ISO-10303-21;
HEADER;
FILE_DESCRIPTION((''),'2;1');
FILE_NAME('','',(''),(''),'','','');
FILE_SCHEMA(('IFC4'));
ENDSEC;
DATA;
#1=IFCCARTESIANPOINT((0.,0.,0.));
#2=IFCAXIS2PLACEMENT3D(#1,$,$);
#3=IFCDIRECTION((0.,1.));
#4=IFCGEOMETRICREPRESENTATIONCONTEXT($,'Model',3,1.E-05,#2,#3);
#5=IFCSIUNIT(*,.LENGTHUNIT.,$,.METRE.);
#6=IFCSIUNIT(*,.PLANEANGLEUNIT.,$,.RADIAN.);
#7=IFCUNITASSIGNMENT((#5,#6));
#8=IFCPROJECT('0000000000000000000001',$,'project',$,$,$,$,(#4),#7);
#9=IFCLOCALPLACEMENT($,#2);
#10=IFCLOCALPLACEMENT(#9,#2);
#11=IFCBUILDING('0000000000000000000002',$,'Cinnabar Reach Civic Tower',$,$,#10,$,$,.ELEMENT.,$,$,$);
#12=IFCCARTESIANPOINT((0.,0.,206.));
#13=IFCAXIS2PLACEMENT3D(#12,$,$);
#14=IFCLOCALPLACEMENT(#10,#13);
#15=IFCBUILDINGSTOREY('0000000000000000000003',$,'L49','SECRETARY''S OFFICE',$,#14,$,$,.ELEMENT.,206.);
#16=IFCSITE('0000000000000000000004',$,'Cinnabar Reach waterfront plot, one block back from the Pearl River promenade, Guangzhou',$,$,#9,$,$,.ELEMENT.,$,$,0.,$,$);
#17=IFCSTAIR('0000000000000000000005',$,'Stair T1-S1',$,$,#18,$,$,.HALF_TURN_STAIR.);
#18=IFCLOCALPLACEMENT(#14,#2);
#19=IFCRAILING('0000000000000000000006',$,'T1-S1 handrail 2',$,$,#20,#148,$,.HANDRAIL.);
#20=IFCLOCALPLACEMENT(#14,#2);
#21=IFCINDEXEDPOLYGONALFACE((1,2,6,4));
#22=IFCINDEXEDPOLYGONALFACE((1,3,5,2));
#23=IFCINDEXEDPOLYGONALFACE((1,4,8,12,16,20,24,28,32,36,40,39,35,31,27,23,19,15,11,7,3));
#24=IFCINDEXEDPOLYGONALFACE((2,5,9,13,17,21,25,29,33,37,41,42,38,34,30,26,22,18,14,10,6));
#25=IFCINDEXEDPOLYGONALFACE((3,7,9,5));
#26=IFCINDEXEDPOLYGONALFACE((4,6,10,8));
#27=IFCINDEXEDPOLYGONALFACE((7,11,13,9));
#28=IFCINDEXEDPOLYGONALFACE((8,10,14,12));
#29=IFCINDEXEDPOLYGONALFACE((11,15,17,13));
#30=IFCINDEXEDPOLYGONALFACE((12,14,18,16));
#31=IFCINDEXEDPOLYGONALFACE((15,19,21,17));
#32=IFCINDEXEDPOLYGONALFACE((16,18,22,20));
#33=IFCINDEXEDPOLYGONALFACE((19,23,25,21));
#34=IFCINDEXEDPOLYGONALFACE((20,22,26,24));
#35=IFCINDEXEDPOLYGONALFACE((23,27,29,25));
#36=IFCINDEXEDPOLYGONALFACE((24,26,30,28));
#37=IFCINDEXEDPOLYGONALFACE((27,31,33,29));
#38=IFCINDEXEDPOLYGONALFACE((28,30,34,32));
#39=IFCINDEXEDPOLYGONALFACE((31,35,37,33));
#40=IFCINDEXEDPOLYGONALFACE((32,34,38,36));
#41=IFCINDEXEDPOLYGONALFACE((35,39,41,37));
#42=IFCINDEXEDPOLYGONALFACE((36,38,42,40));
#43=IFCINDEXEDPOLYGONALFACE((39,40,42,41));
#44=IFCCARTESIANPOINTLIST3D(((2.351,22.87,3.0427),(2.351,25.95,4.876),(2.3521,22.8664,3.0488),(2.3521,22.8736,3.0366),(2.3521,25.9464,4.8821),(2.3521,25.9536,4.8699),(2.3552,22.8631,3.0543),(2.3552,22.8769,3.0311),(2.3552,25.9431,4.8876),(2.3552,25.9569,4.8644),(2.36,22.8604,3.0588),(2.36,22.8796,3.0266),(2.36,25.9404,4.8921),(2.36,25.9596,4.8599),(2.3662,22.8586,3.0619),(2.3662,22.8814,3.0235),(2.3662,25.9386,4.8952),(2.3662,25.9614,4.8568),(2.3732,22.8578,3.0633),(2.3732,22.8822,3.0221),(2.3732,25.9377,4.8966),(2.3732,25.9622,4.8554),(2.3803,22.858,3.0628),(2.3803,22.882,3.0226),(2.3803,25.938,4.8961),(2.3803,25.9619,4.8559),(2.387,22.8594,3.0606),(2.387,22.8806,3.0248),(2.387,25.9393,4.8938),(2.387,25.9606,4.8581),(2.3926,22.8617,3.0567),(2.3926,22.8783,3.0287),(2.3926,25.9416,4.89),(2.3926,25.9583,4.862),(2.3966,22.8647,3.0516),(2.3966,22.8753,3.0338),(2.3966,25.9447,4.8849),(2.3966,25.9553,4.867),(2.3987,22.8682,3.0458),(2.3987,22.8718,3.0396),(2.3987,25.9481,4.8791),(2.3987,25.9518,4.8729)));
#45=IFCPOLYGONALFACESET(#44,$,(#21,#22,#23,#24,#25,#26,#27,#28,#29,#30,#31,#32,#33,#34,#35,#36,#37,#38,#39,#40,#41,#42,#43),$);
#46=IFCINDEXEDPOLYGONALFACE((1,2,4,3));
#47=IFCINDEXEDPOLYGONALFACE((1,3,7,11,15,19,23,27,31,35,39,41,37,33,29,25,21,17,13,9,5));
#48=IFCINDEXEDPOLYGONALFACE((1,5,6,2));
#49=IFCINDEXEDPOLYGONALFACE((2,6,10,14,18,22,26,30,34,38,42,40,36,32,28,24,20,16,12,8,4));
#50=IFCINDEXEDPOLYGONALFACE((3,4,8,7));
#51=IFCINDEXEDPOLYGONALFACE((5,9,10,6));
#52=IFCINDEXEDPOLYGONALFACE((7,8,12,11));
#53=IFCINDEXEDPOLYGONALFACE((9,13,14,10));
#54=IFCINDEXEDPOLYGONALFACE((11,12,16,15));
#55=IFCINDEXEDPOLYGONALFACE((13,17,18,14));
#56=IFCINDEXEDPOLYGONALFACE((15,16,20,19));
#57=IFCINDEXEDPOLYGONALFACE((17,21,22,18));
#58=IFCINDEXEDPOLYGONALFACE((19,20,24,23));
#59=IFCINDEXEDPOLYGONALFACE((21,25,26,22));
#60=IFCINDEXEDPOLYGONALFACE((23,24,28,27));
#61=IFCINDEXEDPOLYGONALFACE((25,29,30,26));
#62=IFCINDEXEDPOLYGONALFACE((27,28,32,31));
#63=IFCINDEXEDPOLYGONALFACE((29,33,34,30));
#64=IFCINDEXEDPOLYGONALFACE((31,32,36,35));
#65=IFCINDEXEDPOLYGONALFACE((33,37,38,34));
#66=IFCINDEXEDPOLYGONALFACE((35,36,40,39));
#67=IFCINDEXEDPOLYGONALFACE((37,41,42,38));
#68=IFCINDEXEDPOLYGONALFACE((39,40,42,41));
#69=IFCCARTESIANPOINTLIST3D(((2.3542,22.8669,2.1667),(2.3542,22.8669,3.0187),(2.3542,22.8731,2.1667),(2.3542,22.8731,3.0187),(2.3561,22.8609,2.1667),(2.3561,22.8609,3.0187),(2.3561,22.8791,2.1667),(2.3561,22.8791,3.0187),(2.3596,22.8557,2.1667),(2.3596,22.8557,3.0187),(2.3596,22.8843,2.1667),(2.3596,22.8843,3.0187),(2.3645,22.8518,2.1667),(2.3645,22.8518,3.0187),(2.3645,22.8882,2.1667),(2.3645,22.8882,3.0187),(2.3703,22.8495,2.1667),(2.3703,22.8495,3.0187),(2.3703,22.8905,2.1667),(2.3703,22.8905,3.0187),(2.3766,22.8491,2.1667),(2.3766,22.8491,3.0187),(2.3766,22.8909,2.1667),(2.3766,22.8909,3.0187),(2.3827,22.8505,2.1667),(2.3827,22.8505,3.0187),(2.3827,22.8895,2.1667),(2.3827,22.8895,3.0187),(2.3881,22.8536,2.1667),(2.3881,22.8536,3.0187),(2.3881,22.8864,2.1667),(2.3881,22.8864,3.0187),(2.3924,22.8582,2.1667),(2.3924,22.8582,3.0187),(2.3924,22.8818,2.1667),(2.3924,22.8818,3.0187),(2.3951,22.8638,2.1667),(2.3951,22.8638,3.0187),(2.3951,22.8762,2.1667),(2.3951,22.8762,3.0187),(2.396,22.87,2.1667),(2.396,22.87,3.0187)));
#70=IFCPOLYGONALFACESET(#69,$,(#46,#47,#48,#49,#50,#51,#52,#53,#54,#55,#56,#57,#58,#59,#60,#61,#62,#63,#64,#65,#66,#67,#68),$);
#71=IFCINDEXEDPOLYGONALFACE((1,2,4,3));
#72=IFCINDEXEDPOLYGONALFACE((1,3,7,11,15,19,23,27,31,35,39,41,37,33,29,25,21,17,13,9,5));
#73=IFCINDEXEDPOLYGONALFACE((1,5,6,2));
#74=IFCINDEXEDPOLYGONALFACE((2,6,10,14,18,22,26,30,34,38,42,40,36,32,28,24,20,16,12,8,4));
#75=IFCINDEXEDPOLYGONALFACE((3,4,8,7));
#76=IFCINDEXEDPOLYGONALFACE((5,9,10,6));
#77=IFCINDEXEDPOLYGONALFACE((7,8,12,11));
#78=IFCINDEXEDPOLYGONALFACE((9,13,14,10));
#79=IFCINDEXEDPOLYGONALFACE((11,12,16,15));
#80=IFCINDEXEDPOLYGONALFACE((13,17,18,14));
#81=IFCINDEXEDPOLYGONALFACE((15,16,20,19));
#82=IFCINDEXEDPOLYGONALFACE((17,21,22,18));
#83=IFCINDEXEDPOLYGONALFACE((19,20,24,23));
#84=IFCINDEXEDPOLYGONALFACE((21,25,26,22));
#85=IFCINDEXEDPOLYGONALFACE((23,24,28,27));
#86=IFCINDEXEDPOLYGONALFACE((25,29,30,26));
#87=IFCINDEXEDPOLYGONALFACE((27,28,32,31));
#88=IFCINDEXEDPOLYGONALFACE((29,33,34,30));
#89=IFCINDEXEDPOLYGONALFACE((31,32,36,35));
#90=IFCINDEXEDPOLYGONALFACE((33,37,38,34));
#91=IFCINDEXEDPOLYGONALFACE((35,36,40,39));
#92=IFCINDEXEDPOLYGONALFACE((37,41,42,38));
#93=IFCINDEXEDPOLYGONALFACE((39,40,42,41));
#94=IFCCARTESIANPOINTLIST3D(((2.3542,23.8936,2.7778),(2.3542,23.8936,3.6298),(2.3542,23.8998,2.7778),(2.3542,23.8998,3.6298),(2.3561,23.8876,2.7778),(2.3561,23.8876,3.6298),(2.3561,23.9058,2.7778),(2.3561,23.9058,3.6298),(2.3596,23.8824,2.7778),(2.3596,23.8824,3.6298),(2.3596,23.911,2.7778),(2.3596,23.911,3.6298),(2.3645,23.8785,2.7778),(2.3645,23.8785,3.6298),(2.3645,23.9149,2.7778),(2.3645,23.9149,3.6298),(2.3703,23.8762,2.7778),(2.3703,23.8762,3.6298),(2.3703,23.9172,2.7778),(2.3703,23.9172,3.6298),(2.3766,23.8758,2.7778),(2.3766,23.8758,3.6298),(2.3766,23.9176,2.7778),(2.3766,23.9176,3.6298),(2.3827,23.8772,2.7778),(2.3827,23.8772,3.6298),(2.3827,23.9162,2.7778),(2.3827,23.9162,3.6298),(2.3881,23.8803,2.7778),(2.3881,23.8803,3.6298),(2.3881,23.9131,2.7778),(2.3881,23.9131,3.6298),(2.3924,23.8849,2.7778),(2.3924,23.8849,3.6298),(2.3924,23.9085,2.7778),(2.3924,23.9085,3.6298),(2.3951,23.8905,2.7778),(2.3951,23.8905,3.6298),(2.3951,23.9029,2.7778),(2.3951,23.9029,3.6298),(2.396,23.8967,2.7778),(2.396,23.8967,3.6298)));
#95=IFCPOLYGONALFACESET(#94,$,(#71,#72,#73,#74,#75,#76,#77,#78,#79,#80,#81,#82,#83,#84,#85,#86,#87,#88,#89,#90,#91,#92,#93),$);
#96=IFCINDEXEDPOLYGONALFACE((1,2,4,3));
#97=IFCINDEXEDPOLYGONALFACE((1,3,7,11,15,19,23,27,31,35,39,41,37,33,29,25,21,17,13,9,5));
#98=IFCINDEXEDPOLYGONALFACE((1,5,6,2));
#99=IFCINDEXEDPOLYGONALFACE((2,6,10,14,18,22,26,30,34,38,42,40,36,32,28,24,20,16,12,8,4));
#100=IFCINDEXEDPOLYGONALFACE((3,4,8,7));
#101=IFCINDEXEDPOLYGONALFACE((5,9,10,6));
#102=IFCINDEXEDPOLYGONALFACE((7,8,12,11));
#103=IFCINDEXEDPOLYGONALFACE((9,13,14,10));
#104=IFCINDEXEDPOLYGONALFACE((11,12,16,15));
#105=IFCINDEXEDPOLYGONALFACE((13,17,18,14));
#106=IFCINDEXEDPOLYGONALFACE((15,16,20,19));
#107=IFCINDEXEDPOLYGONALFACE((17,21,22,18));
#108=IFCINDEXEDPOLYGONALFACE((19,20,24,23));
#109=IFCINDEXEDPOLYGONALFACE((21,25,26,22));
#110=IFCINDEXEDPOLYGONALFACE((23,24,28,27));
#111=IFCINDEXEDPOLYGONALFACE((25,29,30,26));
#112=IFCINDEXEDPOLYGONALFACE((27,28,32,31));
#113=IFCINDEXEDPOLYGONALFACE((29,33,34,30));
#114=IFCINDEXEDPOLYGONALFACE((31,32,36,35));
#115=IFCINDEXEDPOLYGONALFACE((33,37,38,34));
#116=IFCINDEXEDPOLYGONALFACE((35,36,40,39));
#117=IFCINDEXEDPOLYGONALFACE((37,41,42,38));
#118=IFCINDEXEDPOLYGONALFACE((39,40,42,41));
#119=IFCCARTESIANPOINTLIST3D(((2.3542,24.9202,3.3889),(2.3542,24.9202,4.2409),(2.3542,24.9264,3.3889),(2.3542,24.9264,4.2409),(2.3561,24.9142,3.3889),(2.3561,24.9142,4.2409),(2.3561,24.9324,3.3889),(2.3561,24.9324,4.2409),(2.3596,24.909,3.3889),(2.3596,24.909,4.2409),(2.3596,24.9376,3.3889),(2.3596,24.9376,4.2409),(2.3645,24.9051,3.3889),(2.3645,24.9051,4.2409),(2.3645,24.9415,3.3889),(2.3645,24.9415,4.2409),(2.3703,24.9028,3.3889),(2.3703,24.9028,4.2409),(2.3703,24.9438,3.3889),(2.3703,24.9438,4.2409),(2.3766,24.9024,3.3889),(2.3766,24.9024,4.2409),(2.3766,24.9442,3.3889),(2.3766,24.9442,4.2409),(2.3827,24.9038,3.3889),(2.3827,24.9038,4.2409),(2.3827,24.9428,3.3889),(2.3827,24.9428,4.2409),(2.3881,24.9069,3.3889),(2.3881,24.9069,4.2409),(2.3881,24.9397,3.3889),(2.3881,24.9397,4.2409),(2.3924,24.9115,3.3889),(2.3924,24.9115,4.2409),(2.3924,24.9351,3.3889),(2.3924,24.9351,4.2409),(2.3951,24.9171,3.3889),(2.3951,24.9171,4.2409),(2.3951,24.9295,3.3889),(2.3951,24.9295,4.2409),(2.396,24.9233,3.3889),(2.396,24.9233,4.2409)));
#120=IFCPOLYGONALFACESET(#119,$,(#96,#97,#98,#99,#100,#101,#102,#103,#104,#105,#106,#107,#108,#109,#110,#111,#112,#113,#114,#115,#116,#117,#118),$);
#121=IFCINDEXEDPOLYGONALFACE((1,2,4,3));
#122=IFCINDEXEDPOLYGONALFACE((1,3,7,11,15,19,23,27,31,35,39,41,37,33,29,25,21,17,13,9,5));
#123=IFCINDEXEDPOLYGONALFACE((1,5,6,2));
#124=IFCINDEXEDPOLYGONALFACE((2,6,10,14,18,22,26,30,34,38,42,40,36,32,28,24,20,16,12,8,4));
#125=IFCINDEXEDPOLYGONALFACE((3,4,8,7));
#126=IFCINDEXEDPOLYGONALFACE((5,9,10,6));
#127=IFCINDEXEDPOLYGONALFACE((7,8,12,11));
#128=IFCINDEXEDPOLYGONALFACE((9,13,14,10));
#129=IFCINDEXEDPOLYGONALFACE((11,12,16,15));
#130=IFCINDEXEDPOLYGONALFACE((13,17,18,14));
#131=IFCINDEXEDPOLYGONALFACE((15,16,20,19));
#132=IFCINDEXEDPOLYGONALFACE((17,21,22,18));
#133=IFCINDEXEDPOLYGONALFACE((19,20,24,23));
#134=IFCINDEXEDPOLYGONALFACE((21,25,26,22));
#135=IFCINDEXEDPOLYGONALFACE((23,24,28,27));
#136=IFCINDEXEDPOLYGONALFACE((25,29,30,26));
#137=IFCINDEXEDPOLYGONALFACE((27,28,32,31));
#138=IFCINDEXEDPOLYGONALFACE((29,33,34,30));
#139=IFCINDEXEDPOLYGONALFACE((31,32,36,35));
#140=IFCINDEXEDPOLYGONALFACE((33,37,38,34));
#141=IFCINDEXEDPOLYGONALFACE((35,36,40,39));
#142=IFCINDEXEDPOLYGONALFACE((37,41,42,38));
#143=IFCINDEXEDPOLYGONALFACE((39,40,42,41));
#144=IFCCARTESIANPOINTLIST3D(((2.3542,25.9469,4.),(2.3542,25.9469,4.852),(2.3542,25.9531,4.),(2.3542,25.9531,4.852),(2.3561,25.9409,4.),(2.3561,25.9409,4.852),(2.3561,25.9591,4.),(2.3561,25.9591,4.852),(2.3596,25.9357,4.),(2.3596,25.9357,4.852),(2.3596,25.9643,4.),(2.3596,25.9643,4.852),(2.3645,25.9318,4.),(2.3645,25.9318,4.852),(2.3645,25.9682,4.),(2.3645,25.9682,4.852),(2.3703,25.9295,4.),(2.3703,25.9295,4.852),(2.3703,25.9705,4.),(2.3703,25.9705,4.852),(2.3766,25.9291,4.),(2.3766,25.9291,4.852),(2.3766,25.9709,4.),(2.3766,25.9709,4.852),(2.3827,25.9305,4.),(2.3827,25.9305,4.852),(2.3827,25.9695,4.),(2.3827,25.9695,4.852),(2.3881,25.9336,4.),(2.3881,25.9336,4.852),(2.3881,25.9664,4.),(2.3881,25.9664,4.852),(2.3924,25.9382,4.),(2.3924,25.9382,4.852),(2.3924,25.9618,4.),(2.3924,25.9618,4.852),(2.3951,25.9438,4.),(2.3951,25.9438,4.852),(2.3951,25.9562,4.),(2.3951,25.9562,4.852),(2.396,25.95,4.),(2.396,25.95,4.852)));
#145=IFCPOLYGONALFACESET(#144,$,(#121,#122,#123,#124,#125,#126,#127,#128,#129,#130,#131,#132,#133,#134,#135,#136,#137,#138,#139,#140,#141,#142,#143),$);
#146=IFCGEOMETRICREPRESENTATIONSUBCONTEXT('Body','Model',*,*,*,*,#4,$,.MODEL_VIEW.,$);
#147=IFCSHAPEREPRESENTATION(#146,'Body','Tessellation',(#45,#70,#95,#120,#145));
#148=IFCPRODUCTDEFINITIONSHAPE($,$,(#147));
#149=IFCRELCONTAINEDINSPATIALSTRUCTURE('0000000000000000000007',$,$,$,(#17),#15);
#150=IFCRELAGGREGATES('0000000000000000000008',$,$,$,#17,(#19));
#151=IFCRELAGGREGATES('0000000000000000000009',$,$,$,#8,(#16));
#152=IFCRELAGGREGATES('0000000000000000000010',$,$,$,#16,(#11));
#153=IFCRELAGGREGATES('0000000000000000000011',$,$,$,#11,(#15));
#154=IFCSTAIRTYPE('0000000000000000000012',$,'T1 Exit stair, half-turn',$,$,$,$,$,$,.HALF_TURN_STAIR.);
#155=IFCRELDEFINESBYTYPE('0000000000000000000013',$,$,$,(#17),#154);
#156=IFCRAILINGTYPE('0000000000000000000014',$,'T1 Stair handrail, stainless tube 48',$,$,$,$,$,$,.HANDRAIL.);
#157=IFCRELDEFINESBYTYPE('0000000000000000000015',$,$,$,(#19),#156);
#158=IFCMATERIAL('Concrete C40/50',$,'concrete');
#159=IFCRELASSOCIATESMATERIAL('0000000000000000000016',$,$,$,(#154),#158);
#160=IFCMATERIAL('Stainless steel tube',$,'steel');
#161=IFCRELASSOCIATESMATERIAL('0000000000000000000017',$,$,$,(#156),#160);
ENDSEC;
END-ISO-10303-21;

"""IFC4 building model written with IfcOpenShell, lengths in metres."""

from ifc_helpers import new_model, si_unit, direction, frame, origin, origin_2d, place, context, subcontext, project, spatial, circle, extrude, material, type_object, element, aggregate, save


model = new_model("IFC4")

# Units and contexts
model_context = context("Model", 3, precision=1e-05, world=origin(), true_north=direction((0.0, 1.0)))
body_context = subcontext(model_context, "Body", "Model", "MODEL_VIEW")
ifc_project = project(units=[si_unit("LENGTHUNIT", "METRE"), si_unit("PLANEANGLEUNIT", "RADIAN")], contexts=[model_context])

# Site, building, storey
site_placement = place(None, origin())
site = spatial("IfcSite", under=ifc_project, at=site_placement, Name="Cinnabar Reach waterfront plot, one block back from the Pearl River promenade, Guangzhou", CompositionType="ELEMENT", RefElevation=0.0)
building_placement = place(site_placement, origin())
building = spatial("IfcBuilding", under=site, at=building_placement, Name="Cinnabar Reach Civic Tower", CompositionType="ELEMENT")
storey_placement = place(building_placement, frame((0.0, 0.0, 206.0)))
storey = spatial("IfcBuildingStorey", under=building, at=storey_placement, Name="L49", Description="SECRETARY'S OFFICE", CompositionType="ELEMENT", Elevation=206.0)

# Shared definitions
ifc_material_1 = material(Name="Concrete C40/50", Category="concrete")

# Stair, railing
stair_type = type_object("IfcStairType", Name="T1 Exit stair, half-turn", PredefinedType="HALF_TURN_STAIR", material=ifc_material_1)
stair_placement = place(storey_placement, origin())
stair = element("IfcStair", 1, at=stair_placement, inside=storey, type_object=stair_type, Name="Stair T1-S1", PredefinedType="HALF_TURN_STAIR")
ifc_material_2 = material(Name="Stainless steel tube", Category="steel")
railing_type = type_object("IfcRailingType", Name="T1 Stair handrail, stainless tube 48", PredefinedType="HANDRAIL", material=ifc_material_2)
railing_1_placement = place(storey_placement, frame((2.375, 22.87, 2.1667)))
railing_1 = element("IfcRailing", 2, at=railing_1_placement, type_object=railing_type, Name="T1-S1 handrail 2", PredefinedType="HANDRAIL", context=body_context, shape_type="SweptSolid", body=[
    extrude(circle(Radius=0.024, at=origin_2d()), frame((0.0, 0.0, 0.876), z_axis=(0.0, 0.859297, 0.511477), x_axis=(-1.0, 0.0, 0.0)), (0.0, 0.0, 1.0), 3.5843),
    extrude(circle(Radius=0.021, at=origin_2d()), origin(), (0.0, 0.0, 1.0), 0.852),
    extrude(circle(Radius=0.021, at=origin_2d()), frame((0.0, 1.0267, 0.6111)), (0.0, 0.0, 1.0), 0.852),
    extrude(circle(Radius=0.021, at=origin_2d()), frame((0.0, 2.0533, 1.2222)), (0.0, 0.0, 1.0), 0.852),
    extrude(circle(Radius=0.021, at=origin_2d()), frame((0.0, 3.08, 1.8333)), (0.0, 0.0, 1.0), 0.852),
])
aggregate(stair, [railing_1])

save(model, "model.ifc")
